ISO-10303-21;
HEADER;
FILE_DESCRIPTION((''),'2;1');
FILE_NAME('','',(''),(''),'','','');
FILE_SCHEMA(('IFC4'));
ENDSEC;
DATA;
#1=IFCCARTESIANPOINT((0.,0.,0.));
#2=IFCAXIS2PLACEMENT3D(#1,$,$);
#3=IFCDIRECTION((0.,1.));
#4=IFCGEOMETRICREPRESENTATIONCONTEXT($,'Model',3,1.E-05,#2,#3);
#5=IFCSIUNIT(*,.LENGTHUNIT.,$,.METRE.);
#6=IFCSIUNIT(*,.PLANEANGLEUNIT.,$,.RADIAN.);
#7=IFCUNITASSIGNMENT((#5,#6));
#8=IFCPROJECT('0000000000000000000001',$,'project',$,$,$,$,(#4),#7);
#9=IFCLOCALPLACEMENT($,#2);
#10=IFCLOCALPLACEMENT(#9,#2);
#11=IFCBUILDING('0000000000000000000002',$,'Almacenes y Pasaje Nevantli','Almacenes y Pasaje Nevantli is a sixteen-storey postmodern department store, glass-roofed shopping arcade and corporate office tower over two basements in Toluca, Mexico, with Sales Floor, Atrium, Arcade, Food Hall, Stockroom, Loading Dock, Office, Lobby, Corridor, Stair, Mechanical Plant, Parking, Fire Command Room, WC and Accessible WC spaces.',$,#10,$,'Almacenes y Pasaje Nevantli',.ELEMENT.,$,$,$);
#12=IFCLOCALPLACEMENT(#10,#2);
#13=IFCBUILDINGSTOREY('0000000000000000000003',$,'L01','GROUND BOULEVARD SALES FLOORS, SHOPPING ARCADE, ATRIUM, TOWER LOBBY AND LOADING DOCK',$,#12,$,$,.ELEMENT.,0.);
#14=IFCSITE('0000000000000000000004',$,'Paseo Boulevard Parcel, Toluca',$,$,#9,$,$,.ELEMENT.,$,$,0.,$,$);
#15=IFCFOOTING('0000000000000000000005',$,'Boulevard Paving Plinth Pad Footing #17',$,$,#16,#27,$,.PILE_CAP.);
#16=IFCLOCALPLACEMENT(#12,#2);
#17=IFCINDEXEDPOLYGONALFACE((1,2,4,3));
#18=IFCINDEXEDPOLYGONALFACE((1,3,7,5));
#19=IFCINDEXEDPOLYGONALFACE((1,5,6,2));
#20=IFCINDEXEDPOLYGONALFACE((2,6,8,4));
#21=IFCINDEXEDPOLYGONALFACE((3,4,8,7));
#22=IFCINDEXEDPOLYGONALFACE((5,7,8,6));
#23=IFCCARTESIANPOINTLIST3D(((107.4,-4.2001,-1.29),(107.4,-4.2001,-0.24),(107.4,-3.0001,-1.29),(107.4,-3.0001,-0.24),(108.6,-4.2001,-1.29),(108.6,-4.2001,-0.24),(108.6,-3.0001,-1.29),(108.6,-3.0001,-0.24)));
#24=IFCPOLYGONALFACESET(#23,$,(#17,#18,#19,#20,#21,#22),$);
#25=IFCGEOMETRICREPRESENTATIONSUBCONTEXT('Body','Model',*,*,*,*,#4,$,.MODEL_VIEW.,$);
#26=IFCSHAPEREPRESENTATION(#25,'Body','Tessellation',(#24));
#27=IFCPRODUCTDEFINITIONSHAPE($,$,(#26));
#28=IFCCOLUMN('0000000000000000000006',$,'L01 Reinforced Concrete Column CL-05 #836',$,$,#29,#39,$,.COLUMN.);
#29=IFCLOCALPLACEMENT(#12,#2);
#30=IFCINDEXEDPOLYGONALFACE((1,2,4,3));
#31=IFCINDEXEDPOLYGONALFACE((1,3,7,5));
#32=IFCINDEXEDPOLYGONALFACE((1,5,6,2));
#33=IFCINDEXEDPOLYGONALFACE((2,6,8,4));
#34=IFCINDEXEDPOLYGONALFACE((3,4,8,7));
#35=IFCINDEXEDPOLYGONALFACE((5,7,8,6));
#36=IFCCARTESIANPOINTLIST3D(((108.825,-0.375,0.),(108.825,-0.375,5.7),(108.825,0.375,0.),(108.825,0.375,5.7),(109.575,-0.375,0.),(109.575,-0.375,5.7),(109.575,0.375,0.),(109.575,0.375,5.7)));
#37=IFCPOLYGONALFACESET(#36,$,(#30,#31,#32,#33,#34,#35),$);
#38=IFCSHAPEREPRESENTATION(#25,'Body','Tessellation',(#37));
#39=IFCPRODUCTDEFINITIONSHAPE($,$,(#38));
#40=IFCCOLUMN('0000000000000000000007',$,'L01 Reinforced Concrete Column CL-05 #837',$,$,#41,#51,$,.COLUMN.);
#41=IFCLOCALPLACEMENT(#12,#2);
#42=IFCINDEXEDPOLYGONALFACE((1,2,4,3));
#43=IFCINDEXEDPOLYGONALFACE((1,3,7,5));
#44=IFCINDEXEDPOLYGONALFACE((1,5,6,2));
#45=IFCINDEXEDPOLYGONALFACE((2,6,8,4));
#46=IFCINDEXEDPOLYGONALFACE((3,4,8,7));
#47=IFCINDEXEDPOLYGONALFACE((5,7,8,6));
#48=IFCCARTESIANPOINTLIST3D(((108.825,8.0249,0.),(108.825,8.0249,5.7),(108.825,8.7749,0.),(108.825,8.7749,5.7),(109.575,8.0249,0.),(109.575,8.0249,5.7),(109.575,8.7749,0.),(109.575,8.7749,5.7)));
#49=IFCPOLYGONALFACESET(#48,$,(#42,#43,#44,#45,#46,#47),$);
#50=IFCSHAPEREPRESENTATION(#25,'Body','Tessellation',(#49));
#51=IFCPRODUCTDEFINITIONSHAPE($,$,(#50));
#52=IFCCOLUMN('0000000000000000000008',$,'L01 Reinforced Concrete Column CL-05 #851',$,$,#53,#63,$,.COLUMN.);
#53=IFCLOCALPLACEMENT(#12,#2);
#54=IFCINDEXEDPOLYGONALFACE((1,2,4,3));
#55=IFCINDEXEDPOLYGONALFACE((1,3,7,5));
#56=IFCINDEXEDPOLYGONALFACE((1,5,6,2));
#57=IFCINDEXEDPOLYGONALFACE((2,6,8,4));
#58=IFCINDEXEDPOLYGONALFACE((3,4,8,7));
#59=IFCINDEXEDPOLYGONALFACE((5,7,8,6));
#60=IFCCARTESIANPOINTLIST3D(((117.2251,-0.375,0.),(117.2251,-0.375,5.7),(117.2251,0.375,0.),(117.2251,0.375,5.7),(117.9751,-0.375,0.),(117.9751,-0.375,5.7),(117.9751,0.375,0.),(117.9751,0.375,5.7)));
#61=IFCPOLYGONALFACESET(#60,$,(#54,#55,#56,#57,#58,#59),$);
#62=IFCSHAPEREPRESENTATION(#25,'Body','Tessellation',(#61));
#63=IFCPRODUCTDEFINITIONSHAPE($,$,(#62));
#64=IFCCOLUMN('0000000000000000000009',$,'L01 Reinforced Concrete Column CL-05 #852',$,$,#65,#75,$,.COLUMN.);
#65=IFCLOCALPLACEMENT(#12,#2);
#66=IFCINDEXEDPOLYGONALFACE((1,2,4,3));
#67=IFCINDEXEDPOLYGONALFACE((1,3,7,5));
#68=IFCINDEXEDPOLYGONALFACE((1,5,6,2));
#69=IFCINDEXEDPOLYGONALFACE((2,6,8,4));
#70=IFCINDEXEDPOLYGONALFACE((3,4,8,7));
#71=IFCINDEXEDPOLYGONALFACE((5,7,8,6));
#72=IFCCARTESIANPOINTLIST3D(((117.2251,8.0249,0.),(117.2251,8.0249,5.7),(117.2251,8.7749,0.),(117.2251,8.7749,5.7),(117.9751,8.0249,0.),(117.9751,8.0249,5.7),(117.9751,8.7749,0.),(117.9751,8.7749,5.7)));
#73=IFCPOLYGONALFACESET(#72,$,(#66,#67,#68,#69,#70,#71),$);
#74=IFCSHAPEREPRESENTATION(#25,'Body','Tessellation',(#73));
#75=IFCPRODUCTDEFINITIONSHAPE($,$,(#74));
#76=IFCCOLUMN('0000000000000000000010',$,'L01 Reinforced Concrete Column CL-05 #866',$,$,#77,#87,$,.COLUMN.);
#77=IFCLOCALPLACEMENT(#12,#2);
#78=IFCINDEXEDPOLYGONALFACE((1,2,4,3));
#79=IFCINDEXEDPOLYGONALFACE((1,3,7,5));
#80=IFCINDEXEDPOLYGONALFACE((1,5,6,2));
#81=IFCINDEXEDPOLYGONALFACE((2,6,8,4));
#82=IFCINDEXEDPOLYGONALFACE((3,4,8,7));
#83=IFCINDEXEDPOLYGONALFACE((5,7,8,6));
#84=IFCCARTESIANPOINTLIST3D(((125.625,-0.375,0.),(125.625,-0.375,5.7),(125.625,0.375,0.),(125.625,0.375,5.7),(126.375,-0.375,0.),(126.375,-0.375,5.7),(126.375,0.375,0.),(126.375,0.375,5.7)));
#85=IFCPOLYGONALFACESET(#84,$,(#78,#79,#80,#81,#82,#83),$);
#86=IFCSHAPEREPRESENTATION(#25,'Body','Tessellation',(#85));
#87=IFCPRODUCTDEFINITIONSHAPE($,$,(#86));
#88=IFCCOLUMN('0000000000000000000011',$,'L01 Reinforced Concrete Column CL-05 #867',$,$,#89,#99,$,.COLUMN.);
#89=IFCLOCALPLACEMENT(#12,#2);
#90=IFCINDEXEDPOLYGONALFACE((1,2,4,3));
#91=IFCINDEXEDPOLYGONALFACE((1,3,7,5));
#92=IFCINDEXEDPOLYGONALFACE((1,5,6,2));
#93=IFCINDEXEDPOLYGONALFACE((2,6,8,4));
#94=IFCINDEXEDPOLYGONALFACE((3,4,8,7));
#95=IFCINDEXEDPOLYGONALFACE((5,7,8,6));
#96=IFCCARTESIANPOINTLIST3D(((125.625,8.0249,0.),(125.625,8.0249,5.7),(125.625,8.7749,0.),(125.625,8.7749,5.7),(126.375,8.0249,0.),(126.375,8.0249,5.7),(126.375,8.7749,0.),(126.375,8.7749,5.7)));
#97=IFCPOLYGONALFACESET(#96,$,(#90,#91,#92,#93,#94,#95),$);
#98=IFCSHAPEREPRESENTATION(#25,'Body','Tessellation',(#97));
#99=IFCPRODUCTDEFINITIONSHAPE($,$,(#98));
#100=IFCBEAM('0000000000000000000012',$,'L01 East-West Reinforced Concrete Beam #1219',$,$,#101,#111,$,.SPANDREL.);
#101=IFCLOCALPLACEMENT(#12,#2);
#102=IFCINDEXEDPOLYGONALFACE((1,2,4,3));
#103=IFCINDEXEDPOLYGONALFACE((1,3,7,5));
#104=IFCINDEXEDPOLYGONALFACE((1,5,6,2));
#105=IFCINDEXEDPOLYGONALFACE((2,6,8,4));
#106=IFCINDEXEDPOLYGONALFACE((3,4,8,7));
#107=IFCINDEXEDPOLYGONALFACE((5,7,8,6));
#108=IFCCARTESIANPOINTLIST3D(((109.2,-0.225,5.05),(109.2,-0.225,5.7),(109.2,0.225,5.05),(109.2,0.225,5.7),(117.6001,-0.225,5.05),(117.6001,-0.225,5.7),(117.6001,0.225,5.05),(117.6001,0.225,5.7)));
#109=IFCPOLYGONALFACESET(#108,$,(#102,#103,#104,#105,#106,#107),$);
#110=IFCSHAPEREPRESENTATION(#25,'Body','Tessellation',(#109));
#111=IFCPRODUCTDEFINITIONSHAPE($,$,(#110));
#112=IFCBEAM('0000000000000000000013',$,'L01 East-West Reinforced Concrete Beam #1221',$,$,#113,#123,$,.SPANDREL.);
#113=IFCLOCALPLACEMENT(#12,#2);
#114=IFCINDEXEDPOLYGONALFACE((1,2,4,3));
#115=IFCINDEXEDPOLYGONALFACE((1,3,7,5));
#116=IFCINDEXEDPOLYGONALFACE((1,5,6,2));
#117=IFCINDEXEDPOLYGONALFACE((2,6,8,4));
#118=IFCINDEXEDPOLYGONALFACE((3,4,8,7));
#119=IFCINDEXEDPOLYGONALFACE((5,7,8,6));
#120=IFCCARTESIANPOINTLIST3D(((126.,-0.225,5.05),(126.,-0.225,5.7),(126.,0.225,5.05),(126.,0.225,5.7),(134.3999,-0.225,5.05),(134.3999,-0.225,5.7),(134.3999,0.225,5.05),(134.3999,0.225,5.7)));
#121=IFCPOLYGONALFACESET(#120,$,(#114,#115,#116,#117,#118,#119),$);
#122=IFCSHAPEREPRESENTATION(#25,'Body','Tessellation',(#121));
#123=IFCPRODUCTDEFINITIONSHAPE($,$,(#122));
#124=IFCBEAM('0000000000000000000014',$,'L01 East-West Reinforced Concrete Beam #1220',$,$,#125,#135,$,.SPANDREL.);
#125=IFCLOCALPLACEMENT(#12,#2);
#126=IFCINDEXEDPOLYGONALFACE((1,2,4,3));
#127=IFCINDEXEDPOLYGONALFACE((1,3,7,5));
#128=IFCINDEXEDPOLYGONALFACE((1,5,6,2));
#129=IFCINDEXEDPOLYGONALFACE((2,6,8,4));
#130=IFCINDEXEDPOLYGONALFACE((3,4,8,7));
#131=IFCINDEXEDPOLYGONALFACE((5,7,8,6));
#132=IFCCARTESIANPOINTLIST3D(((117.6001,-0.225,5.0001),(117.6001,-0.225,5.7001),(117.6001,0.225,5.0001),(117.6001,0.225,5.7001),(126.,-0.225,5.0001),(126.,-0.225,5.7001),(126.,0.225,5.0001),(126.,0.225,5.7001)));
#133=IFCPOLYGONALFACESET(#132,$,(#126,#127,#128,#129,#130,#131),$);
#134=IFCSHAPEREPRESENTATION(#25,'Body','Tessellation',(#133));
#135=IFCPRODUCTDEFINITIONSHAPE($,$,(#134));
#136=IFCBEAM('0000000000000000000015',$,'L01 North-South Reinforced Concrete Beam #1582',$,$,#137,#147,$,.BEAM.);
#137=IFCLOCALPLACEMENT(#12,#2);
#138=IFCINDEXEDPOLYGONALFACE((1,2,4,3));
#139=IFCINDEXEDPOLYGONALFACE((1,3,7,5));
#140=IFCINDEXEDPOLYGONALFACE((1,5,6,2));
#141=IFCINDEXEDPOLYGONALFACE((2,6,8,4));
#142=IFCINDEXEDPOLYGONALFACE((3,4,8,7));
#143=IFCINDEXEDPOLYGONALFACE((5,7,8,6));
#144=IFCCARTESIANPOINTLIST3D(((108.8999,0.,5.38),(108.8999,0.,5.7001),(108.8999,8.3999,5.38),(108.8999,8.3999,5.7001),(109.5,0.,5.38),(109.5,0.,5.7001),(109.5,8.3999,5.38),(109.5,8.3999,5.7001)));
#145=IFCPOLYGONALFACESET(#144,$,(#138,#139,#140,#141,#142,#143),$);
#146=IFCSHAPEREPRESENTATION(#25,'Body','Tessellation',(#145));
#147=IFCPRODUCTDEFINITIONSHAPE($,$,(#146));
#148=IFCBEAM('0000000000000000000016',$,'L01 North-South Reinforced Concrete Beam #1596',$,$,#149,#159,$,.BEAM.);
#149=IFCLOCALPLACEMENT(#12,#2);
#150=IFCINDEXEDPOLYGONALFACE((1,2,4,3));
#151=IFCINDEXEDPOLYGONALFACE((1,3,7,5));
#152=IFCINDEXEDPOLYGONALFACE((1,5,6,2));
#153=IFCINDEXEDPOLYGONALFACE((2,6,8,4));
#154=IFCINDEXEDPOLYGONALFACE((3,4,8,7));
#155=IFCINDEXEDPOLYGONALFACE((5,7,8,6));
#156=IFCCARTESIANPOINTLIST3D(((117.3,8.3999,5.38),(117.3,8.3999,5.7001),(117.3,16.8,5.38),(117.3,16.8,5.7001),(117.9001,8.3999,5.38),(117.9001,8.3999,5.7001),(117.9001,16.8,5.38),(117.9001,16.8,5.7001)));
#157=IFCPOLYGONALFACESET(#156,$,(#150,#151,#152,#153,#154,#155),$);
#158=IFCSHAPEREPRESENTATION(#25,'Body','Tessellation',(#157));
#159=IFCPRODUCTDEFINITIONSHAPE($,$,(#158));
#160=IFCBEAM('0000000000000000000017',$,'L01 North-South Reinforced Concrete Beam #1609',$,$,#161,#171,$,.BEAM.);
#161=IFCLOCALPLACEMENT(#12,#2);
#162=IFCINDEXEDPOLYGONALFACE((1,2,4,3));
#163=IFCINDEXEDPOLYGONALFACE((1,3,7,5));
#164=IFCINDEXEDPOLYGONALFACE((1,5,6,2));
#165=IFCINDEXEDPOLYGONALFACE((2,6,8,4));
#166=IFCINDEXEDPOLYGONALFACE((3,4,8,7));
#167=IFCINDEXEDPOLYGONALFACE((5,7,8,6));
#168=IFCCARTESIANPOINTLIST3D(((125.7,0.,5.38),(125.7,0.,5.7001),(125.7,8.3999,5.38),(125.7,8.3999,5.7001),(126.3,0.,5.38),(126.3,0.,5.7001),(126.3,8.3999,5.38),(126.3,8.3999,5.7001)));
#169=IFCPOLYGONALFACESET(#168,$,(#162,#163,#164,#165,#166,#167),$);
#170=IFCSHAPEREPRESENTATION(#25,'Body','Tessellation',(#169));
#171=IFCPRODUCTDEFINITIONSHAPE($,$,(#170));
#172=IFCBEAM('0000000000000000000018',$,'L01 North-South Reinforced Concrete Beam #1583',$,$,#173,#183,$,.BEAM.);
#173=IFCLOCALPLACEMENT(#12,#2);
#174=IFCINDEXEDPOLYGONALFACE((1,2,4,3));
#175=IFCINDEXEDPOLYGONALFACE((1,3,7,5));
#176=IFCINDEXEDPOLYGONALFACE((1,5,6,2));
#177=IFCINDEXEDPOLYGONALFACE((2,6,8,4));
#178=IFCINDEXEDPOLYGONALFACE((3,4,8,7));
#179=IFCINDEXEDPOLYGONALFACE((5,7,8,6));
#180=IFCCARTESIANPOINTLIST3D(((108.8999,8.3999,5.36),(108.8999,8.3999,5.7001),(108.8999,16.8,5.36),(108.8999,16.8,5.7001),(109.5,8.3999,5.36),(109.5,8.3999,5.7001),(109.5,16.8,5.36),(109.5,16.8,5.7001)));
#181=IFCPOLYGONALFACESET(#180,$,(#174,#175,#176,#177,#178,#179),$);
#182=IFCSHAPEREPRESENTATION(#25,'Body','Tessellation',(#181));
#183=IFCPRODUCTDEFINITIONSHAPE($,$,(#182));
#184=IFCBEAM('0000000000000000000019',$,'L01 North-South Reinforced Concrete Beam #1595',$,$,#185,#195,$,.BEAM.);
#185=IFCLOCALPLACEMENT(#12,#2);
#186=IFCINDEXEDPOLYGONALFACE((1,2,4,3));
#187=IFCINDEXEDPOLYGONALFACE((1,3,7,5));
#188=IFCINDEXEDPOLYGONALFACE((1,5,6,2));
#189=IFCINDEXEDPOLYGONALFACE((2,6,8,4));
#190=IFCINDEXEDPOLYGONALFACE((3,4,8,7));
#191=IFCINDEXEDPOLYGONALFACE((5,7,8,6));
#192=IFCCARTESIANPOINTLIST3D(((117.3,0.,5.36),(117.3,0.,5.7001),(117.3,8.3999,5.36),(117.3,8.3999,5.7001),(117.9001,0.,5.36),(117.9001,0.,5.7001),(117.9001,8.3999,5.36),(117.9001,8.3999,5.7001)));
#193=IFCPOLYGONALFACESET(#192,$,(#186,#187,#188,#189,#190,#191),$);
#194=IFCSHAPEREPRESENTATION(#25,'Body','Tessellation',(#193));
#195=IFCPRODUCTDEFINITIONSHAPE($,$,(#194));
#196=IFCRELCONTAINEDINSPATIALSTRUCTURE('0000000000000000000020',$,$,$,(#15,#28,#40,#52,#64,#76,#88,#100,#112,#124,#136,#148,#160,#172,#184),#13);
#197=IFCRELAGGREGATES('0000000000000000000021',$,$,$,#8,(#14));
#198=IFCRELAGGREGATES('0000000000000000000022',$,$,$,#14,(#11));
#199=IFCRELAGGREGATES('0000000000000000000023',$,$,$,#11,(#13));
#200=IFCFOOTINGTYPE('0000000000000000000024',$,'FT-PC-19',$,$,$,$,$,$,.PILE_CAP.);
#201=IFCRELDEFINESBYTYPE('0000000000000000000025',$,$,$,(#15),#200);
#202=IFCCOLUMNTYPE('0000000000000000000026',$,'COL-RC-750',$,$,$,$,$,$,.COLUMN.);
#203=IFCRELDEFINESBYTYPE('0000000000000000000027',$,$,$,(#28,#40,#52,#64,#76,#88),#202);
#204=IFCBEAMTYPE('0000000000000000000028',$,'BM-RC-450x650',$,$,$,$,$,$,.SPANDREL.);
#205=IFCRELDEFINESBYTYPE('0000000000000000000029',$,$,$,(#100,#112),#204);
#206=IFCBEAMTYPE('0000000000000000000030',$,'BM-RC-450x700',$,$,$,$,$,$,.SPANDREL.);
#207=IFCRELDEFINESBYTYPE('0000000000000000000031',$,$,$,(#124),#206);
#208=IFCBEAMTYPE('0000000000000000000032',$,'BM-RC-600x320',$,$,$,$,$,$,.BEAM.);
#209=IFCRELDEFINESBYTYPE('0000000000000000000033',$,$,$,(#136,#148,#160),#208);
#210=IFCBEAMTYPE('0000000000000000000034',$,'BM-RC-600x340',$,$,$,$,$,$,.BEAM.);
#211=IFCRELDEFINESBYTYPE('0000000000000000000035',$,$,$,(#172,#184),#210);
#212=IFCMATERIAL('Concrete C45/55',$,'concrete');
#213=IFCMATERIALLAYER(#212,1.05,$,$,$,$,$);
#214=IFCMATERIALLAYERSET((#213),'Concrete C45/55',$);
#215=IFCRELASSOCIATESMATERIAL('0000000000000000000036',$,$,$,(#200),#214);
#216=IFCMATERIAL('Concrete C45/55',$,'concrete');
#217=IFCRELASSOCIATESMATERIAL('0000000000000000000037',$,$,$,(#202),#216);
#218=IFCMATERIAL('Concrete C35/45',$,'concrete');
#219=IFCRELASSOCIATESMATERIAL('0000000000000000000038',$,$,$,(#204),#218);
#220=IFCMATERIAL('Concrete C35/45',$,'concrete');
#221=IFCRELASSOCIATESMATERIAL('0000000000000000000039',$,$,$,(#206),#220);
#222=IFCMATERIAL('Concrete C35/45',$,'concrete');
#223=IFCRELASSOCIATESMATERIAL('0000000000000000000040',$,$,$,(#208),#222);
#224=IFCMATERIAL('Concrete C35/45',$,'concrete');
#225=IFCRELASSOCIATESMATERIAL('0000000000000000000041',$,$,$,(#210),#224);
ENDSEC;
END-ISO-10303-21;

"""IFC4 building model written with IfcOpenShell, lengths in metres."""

from ifc_helpers import new_model, si_unit, direction, frame, origin, origin_2d, place, context, subcontext, project, spatial, rectangle, extrude, material, layer, layer_set, material_profile, profile_set, type_object, element, save


model = new_model("IFC4")

# Units and contexts
model_context = context("Model", 3, precision=1e-05, world=origin(), true_north=direction((0.0, 1.0)))
body_context = subcontext(model_context, "Body", "Model", "MODEL_VIEW")
ifc_project = project(units=[si_unit("LENGTHUNIT", "METRE"), si_unit("PLANEANGLEUNIT", "RADIAN")], contexts=[model_context])

# Site, building, storey
site_placement = place(None, origin())
site = spatial("IfcSite", under=ifc_project, at=site_placement, Name="Paseo Boulevard Parcel, Toluca", CompositionType="ELEMENT", RefElevation=0.0)
building_placement = place(site_placement, origin())
building = spatial("IfcBuilding", under=site, at=building_placement, Name="Almacenes y Pasaje Nevantli", Description="Almacenes y Pasaje Nevantli is a sixteen-storey postmodern department store, glass-roofed shopping arcade and corporate office tower over two basements in Toluca, Mexico, with Sales Floor, Atrium, Arcade, Food Hall, Stockroom, Loading Dock, Office, Lobby, Corridor, Stair, Mechanical Plant, Parking, Fire Command Room, WC and Accessible WC spaces.", LongName="Almacenes y Pasaje Nevantli", CompositionType="ELEMENT")
storey_placement = place(building_placement, origin())
storey = spatial("IfcBuildingStorey", under=building, at=storey_placement, Name="L01", Description="GROUND BOULEVARD SALES FLOORS, SHOPPING ARCADE, ATRIUM, TOWER LOBBY AND LOADING DOCK", CompositionType="ELEMENT", Elevation=0.0)

# Footing
ifc_material_1 = material(Name="Concrete C45/55", Category="concrete")
ifc_layer_1 = layer(ifc_material_1, 1.05)
ifc_layer_set_1 = layer_set([ifc_layer_1], Name="Concrete C45/55")
footing_type = type_object("IfcFootingType", Name="FT-PC-19", PredefinedType="PILE_CAP", material=ifc_layer_set_1)
footing_placement = place(storey_placement, frame((108.0, -3.6001, -1.29), z_axis=(0.0, 0.0, 1.0), x_axis=(1.0, 0.0, 0.0)))
element("IfcFooting", 1, at=footing_placement, inside=storey, type_object=footing_type, Name="Boulevard Paving Plinth Pad Footing #17", PredefinedType="PILE_CAP", context=body_context, shape_type="SweptSolid", body=[
    extrude(rectangle(XDim=1.2, YDim=1.2, at=origin_2d()), origin(), (0.0, 0.0, 1.0), 1.05),
])

# Columns
ifc_material_2 = material(Name="Concrete C45/55", Category="concrete")
ifc_material_profile_1 = material_profile(ifc_material_2, rectangle(XDim=0.75, YDim=0.75, at=origin_2d()), Name="RC-COL-750x750")
ifc_profile_set_1 = profile_set([ifc_material_profile_1], Name="Concrete C45/55")
column_type = type_object("IfcColumnType", Name="COL-RC-750", PredefinedType="COLUMN", material=ifc_profile_set_1)
for number, where, z_axis, x_axis, name in (
    (2, (109.2, 0.0, 0.0), (0.0, 0.0, 1.0), (1.0, 0.0, 0.0), "L01 Reinforced Concrete Column CL-05 #836"),
    (3, (109.2, 8.3999, 0.0), (0.0, 0.0, 1.0), (1.0, 0.0, 0.0), "L01 Reinforced Concrete Column CL-05 #837"),
    (4, (117.6001, 0.0, 0.0), (0.0, 0.0, 1.0), (1.0, 0.0, 0.0), "L01 Reinforced Concrete Column CL-05 #851"),
    (5, (117.6001, 8.3999, 0.0), (0.0, 0.0, 1.0), (1.0, 0.0, 0.0), "L01 Reinforced Concrete Column CL-05 #852"),
    (6, (126.0, 0.0, 0.0), (0.0, 0.0, 1.0), (1.0, 0.0, 0.0), "L01 Reinforced Concrete Column CL-05 #866"),
    (7, (126.0, 8.3999, 0.0), (0.0, 0.0, 1.0), (1.0, 0.0, 0.0), "L01 Reinforced Concrete Column CL-05 #867"),
):
    element("IfcColumn", number, at=place(storey_placement, frame(where, z_axis=z_axis, x_axis=x_axis)), inside=storey, type_object=column_type, Name=name, PredefinedType="COLUMN", context=body_context, shape_type="SweptSolid", body=[
        extrude(rectangle(XDim=0.75, YDim=0.75, at=origin_2d()), origin(), (0.0, 0.0, 1.0), 5.7),
    ])

# Beams
ifc_material_3 = material(Name="Concrete C35/45", Category="concrete")
ifc_material_profile_2 = material_profile(ifc_material_3, rectangle(XDim=0.45, YDim=0.6499, at=origin_2d()), Name="RC-BM-450x650")
ifc_profile_set_2 = profile_set([ifc_material_profile_2], Name="Concrete C35/45")
beam_type_1 = type_object("IfcBeamType", Name="BM-RC-450x650", PredefinedType="SPANDREL", material=ifc_profile_set_2)
beam_1_placement = place(storey_placement, frame((109.2, 0.0, 5.375), z_axis=(1.0, 0.0, 0.0), x_axis=(0.0, 1.0, 0.0)))
element("IfcBeam", 8, at=beam_1_placement, inside=storey, type_object=beam_type_1, Name="L01 East-West Reinforced Concrete Beam #1219", PredefinedType="SPANDREL", context=body_context, shape_type="SweptSolid", body=[
    extrude(rectangle(XDim=0.45, YDim=0.6499, at=origin_2d()), origin(), (0.0, 0.0, 1.0), 8.4001),
])
beam_2_placement = place(storey_placement, frame((126.0, 0.0, 5.375), z_axis=(1.0, 0.0, 0.0), x_axis=(0.0, 1.0, 0.0)))
element("IfcBeam", 9, at=beam_2_placement, inside=storey, type_object=beam_type_1, Name="L01 East-West Reinforced Concrete Beam #1221", PredefinedType="SPANDREL", context=body_context, shape_type="SweptSolid", body=[
    extrude(rectangle(XDim=0.45, YDim=0.6499, at=origin_2d()), origin(), (0.0, 0.0, 1.0), 8.3999),
])
ifc_material_4 = material(Name="Concrete C35/45", Category="concrete")
ifc_material_profile_3 = material_profile(ifc_material_4, rectangle(XDim=0.45, YDim=0.7, at=origin_2d()), Name="RC-BM-450x700")
ifc_profile_set_3 = profile_set([ifc_material_profile_3], Name="Concrete C35/45")
beam_type_2 = type_object("IfcBeamType", Name="BM-RC-450x700", PredefinedType="SPANDREL", material=ifc_profile_set_3)
beam_3_placement = place(storey_placement, frame((117.6001, 0.0, 5.3501), z_axis=(1.0, 0.0, 0.0), x_axis=(0.0, 1.0, 0.0)))
element("IfcBeam", 10, at=beam_3_placement, inside=storey, type_object=beam_type_2, Name="L01 East-West Reinforced Concrete Beam #1220", PredefinedType="SPANDREL", context=body_context, shape_type="SweptSolid", body=[
    extrude(rectangle(XDim=0.45, YDim=0.7, at=origin_2d()), origin(), (0.0, 0.0, 1.0), 8.3999),
])
ifc_material_5 = material(Name="Concrete C35/45", Category="concrete")
ifc_material_profile_4 = material_profile(ifc_material_5, rectangle(XDim=0.6001, YDim=0.3201, at=origin_2d()), Name="RC-BM-600x320")
ifc_profile_set_4 = profile_set([ifc_material_profile_4], Name="Concrete C35/45")
beam_type_3 = type_object("IfcBeamType", Name="BM-RC-600x320", PredefinedType="BEAM", material=ifc_profile_set_4)
beam_4_placement = place(storey_placement, frame((109.2, 0.0, 5.54), z_axis=(0.0, 1.0, 0.0), x_axis=(-1.0, 0.0, 0.0)))
element("IfcBeam", 11, at=beam_4_placement, inside=storey, type_object=beam_type_3, Name="L01 North-South Reinforced Concrete Beam #1582", PredefinedType="BEAM", context=body_context, shape_type="SweptSolid", body=[
    extrude(rectangle(XDim=0.6001, YDim=0.3201, at=origin_2d()), origin(), (0.0, 0.0, 1.0), 8.3999),
])
beam_5_placement = place(storey_placement, frame((117.6001, 8.3999, 5.54), z_axis=(0.0, 1.0, 0.0), x_axis=(-1.0, 0.0, 0.0)))
element("IfcBeam", 12, at=beam_5_placement, inside=storey, type_object=beam_type_3, Name="L01 North-South Reinforced Concrete Beam #1596", PredefinedType="BEAM", context=body_context, shape_type="SweptSolid", body=[
    extrude(rectangle(XDim=0.6001, YDim=0.3201, at=origin_2d()), origin(), (0.0, 0.0, 1.0), 8.4001),
])
beam_6_placement = place(storey_placement, frame((126.0, 0.0, 5.54), z_axis=(0.0, 1.0, 0.0), x_axis=(-1.0, 0.0, 0.0)))
element("IfcBeam", 13, at=beam_6_placement, inside=storey, type_object=beam_type_3, Name="L01 North-South Reinforced Concrete Beam #1609", PredefinedType="BEAM", context=body_context, shape_type="SweptSolid", body=[
    extrude(rectangle(XDim=0.6001, YDim=0.3201, at=origin_2d()), origin(), (0.0, 0.0, 1.0), 8.3999),
])
ifc_material_6 = material(Name="Concrete C35/45", Category="concrete")
ifc_material_profile_5 = material_profile(ifc_material_6, rectangle(XDim=0.6001, YDim=0.3401, at=origin_2d()), Name="RC-BM-600x340")
ifc_profile_set_5 = profile_set([ifc_material_profile_5], Name="Concrete C35/45")
beam_type_4 = type_object("IfcBeamType", Name="BM-RC-600x340", PredefinedType="BEAM", material=ifc_profile_set_5)
beam_7_placement = place(storey_placement, frame((109.2, 8.3999, 5.53), z_axis=(0.0, 1.0, 0.0), x_axis=(-1.0, 0.0, 0.0)))
element("IfcBeam", 14, at=beam_7_placement, inside=storey, type_object=beam_type_4, Name="L01 North-South Reinforced Concrete Beam #1583", PredefinedType="BEAM", context=body_context, shape_type="SweptSolid", body=[
    extrude(rectangle(XDim=0.6001, YDim=0.3401, at=origin_2d()), origin(), (0.0, 0.0, 1.0), 8.4001),
])
beam_8_placement = place(storey_placement, frame((117.6001, 0.0, 5.53), z_axis=(0.0, 1.0, 0.0), x_axis=(-1.0, 0.0, 0.0)))
element("IfcBeam", 15, at=beam_8_placement, inside=storey, type_object=beam_type_4, Name="L01 North-South Reinforced Concrete Beam #1595", PredefinedType="BEAM", context=body_context, shape_type="SweptSolid", body=[
    extrude(rectangle(XDim=0.6001, YDim=0.3401, at=origin_2d()), origin(), (0.0, 0.0, 1.0), 8.3999),
])

save(model, "model.ifc")
